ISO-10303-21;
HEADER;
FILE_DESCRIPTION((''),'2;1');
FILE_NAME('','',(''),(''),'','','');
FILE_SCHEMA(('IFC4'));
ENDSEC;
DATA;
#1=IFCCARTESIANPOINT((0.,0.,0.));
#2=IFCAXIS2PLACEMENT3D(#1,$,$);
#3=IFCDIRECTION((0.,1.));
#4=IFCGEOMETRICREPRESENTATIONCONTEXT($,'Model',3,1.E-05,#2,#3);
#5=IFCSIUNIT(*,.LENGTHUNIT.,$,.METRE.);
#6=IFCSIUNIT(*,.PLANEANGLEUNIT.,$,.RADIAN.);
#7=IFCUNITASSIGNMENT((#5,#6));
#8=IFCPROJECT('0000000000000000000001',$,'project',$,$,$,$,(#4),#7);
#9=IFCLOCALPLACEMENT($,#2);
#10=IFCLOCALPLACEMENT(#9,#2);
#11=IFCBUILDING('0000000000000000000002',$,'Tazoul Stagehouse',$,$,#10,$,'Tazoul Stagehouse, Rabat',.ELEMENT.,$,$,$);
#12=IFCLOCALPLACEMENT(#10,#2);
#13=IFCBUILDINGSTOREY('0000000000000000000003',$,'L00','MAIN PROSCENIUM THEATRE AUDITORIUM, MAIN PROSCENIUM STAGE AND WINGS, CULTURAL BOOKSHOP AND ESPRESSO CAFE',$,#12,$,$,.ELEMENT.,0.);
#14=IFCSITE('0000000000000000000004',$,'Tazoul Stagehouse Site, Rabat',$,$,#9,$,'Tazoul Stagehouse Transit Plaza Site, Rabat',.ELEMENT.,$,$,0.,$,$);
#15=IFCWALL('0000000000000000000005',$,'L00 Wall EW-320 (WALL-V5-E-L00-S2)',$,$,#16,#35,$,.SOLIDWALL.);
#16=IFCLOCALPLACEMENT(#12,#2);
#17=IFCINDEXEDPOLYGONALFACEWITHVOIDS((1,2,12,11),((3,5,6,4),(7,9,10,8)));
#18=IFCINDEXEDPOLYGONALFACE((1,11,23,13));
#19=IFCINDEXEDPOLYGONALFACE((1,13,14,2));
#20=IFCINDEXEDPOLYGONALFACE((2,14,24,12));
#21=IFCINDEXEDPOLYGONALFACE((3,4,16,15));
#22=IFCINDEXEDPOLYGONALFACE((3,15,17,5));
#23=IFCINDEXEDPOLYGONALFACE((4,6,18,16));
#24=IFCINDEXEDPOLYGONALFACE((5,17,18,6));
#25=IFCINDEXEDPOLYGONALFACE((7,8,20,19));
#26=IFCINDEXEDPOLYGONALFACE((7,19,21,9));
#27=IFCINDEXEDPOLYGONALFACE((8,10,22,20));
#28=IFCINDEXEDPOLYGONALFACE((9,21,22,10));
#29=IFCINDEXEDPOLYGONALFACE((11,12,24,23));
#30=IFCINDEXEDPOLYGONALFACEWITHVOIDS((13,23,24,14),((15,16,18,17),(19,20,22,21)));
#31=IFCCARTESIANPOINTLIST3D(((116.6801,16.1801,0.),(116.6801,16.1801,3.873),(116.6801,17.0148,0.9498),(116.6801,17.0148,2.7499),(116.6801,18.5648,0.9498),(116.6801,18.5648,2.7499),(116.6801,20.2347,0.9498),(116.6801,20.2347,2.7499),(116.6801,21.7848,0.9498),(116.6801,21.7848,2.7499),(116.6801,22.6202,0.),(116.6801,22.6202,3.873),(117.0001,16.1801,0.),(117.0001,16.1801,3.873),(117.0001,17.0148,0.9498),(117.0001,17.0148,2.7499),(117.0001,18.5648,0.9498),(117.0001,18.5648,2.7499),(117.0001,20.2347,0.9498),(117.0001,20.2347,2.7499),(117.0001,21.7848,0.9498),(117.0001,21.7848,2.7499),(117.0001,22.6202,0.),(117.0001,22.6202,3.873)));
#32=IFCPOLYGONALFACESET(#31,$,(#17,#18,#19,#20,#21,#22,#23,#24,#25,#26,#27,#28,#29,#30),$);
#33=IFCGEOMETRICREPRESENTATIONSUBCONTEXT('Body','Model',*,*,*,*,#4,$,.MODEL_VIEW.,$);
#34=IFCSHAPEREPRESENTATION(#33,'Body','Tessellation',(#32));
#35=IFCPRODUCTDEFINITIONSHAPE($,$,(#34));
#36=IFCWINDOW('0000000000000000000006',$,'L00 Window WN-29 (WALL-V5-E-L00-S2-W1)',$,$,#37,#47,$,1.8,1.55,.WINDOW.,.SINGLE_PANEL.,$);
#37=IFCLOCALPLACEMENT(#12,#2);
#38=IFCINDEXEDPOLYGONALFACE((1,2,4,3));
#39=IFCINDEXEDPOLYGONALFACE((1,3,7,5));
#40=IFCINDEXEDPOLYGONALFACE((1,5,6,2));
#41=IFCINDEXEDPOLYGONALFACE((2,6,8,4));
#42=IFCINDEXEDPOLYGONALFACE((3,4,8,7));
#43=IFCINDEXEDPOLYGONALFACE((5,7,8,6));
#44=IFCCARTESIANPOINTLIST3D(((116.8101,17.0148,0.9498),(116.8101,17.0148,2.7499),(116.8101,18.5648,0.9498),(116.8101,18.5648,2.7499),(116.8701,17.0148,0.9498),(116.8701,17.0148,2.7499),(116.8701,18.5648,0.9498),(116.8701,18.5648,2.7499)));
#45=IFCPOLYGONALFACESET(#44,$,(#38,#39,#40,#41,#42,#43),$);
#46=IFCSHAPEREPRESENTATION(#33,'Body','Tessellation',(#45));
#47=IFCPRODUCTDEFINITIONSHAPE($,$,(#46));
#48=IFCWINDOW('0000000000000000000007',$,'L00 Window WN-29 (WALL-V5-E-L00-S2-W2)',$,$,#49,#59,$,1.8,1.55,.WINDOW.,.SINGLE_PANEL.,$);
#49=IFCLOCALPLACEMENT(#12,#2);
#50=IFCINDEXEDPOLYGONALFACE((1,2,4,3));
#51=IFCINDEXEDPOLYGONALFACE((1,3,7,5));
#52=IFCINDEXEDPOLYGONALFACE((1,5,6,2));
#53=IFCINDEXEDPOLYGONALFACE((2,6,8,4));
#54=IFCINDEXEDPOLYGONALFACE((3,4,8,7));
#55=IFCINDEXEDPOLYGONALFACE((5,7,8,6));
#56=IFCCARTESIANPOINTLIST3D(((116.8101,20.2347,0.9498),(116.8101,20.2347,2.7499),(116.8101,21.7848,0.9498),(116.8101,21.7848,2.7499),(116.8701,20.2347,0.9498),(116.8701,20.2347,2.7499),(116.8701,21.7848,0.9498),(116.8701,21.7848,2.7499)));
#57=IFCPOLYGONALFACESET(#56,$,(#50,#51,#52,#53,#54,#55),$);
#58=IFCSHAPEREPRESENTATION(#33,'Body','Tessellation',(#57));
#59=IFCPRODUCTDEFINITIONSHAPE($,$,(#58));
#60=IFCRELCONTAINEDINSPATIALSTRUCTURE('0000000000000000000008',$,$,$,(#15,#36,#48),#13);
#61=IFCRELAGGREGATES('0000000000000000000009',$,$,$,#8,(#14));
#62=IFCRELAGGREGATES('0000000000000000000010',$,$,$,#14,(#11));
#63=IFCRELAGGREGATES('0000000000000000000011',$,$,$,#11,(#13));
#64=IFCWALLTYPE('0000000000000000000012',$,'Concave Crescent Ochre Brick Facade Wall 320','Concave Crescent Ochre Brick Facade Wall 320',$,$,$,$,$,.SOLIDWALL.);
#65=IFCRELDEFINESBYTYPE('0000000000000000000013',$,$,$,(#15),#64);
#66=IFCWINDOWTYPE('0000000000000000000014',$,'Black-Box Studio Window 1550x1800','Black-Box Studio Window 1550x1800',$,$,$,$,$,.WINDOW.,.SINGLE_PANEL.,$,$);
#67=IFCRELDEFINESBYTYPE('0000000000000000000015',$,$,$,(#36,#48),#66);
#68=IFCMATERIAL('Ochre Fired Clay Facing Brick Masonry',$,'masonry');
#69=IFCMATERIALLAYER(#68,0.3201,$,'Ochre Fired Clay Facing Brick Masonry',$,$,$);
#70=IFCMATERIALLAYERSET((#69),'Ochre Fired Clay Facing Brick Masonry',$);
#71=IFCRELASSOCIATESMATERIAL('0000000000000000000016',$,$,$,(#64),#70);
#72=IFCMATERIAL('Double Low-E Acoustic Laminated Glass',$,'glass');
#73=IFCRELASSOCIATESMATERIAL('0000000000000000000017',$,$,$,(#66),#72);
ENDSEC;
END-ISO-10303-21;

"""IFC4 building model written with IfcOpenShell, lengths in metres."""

from ifc_helpers import new_model, si_unit, direction, frame, frame_2d, origin, place, context, subcontext, project, spatial, rectangle, extrude, material, layer, layer_set, type_object, element, fill, save


model = new_model("IFC4")

# Units and contexts
model_context = context("Model", 3, precision=1e-05, world=origin(), true_north=direction((0.0, 1.0)))
body_context = subcontext(model_context, "Body", "Model", "MODEL_VIEW")
ifc_project = project(units=[si_unit("LENGTHUNIT", "METRE"), si_unit("PLANEANGLEUNIT", "RADIAN")], contexts=[model_context])

# Site, building, storey
site_placement = place(None, origin())
site = spatial("IfcSite", under=ifc_project, at=site_placement, Name="Tazoul Stagehouse Site, Rabat", LongName="Tazoul Stagehouse Transit Plaza Site, Rabat", CompositionType="ELEMENT", RefElevation=0.0)
building_placement = place(site_placement, origin())
building = spatial("IfcBuilding", under=site, at=building_placement, Name="Tazoul Stagehouse", LongName="Tazoul Stagehouse, Rabat", CompositionType="ELEMENT")
storey_placement = place(building_placement, origin())
storey = spatial("IfcBuildingStorey", under=building, at=storey_placement, Name="L00", Description="MAIN PROSCENIUM THEATRE AUDITORIUM, MAIN PROSCENIUM STAGE AND WINGS, CULTURAL BOOKSHOP AND ESPRESSO CAFE", CompositionType="ELEMENT", Elevation=0.0)

# Wall, openings, windows
ifc_material_1 = material(Name="Ochre Fired Clay Facing Brick Masonry", Category="masonry")
ifc_layer = layer(ifc_material_1, 0.3201, Name="Ochre Fired Clay Facing Brick Masonry")
ifc_layer_set = layer_set([ifc_layer], Name="Ochre Fired Clay Facing Brick Masonry")
wall_type = type_object("IfcWallType", Name="Concave Crescent Ochre Brick Facade Wall 320", Description="Concave Crescent Ochre Brick Facade Wall 320", PredefinedType="SOLIDWALL", material=ifc_layer_set)
wall_placement = place(storey_placement, frame((116.8401, 16.1799, 0.0), z_axis=(0.0, 0.0, 1.0), x_axis=(0.0, 1.0, 0.0)))
wall = element("IfcWall", 1, at=wall_placement, inside=storey, type_object=wall_type, Name="L00 Wall EW-320 (WALL-V5-E-L00-S2)", PredefinedType="SOLIDWALL", context=body_context, shape_type="SweptSolid", body=[
    extrude(rectangle(XDim=6.4402, YDim=0.3201, at=frame_2d((3.2202, 0.0))), origin(), (0.0, 0.0, 1.0), 3.873),
])
opening_1_placement = place(wall_placement, frame((0.835, 0.0, 0.95)))
opening_1 = element("IfcOpeningElement", 2, at=opening_1_placement, cuts=wall, PredefinedType="OPENING", context=body_context, shape_type="SweptSolid", body=[
    extrude(rectangle(XDim=1.55, YDim=1.8, at=frame_2d((0.7749, 0.8999))), frame((0.0, 0.1799, 0.0), z_axis=(0.0, -1.0, 0.0), x_axis=(1.0, 0.0, 0.0)), (0.0, 0.0, 1.0), 0.3601),
])
opening_2_placement = place(wall_placement, frame((4.0549, 0.0, 0.95)))
opening_2 = element("IfcOpeningElement", 3, at=opening_2_placement, cuts=wall, PredefinedType="OPENING", context=body_context, shape_type="SweptSolid", body=[
    extrude(rectangle(XDim=1.55, YDim=1.8, at=frame_2d((0.7749, 0.8999))), frame((0.0, 0.1799, 0.0), z_axis=(0.0, -1.0, 0.0), x_axis=(1.0, 0.0, 0.0)), (0.0, 0.0, 1.0), 0.3601),
])
ifc_material_2 = material(Name="Double Low-E Acoustic Laminated Glass", Category="glass")
window_type = type_object("IfcWindowType", Name="Black-Box Studio Window 1550x1800", Description="Black-Box Studio Window 1550x1800", PartitioningType="SINGLE_PANEL", PredefinedType="WINDOW", material=ifc_material_2)
window_1_placement = place(opening_1_placement, origin())
window_1 = element("IfcWindow", 4, at=window_1_placement, inside=storey, type_object=window_type, Name="L00 Window WN-29 (WALL-V5-E-L00-S2-W1)", OverallHeight=1.8, OverallWidth=1.55, PartitioningType="SINGLE_PANEL", PredefinedType="WINDOW", context=body_context, shape_type="SweptSolid", body=[
    extrude(rectangle(XDim=1.55, YDim=1.8, at=frame_2d((0.7749, 0.8999))), frame((0.0, 0.03, 0.0), z_axis=(0.0, -1.0, 0.0), x_axis=(1.0, 0.0, 0.0)), (0.0, 0.0, 1.0), 0.0601),
])
fill(opening_1, window_1)
window_2_placement = place(opening_2_placement, origin())
window_2 = element("IfcWindow", 5, at=window_2_placement, inside=storey, type_object=window_type, Name="L00 Window WN-29 (WALL-V5-E-L00-S2-W2)", OverallHeight=1.8, OverallWidth=1.55, PartitioningType="SINGLE_PANEL", PredefinedType="WINDOW", context=body_context, shape_type="SweptSolid", body=[
    extrude(rectangle(XDim=1.55, YDim=1.8, at=frame_2d((0.7749, 0.8999))), frame((0.0, 0.03, 0.0), z_axis=(0.0, -1.0, 0.0), x_axis=(1.0, 0.0, 0.0)), (0.0, 0.0, 1.0), 0.0601),
])
fill(opening_2, window_2)

save(model, "model.ifc")
